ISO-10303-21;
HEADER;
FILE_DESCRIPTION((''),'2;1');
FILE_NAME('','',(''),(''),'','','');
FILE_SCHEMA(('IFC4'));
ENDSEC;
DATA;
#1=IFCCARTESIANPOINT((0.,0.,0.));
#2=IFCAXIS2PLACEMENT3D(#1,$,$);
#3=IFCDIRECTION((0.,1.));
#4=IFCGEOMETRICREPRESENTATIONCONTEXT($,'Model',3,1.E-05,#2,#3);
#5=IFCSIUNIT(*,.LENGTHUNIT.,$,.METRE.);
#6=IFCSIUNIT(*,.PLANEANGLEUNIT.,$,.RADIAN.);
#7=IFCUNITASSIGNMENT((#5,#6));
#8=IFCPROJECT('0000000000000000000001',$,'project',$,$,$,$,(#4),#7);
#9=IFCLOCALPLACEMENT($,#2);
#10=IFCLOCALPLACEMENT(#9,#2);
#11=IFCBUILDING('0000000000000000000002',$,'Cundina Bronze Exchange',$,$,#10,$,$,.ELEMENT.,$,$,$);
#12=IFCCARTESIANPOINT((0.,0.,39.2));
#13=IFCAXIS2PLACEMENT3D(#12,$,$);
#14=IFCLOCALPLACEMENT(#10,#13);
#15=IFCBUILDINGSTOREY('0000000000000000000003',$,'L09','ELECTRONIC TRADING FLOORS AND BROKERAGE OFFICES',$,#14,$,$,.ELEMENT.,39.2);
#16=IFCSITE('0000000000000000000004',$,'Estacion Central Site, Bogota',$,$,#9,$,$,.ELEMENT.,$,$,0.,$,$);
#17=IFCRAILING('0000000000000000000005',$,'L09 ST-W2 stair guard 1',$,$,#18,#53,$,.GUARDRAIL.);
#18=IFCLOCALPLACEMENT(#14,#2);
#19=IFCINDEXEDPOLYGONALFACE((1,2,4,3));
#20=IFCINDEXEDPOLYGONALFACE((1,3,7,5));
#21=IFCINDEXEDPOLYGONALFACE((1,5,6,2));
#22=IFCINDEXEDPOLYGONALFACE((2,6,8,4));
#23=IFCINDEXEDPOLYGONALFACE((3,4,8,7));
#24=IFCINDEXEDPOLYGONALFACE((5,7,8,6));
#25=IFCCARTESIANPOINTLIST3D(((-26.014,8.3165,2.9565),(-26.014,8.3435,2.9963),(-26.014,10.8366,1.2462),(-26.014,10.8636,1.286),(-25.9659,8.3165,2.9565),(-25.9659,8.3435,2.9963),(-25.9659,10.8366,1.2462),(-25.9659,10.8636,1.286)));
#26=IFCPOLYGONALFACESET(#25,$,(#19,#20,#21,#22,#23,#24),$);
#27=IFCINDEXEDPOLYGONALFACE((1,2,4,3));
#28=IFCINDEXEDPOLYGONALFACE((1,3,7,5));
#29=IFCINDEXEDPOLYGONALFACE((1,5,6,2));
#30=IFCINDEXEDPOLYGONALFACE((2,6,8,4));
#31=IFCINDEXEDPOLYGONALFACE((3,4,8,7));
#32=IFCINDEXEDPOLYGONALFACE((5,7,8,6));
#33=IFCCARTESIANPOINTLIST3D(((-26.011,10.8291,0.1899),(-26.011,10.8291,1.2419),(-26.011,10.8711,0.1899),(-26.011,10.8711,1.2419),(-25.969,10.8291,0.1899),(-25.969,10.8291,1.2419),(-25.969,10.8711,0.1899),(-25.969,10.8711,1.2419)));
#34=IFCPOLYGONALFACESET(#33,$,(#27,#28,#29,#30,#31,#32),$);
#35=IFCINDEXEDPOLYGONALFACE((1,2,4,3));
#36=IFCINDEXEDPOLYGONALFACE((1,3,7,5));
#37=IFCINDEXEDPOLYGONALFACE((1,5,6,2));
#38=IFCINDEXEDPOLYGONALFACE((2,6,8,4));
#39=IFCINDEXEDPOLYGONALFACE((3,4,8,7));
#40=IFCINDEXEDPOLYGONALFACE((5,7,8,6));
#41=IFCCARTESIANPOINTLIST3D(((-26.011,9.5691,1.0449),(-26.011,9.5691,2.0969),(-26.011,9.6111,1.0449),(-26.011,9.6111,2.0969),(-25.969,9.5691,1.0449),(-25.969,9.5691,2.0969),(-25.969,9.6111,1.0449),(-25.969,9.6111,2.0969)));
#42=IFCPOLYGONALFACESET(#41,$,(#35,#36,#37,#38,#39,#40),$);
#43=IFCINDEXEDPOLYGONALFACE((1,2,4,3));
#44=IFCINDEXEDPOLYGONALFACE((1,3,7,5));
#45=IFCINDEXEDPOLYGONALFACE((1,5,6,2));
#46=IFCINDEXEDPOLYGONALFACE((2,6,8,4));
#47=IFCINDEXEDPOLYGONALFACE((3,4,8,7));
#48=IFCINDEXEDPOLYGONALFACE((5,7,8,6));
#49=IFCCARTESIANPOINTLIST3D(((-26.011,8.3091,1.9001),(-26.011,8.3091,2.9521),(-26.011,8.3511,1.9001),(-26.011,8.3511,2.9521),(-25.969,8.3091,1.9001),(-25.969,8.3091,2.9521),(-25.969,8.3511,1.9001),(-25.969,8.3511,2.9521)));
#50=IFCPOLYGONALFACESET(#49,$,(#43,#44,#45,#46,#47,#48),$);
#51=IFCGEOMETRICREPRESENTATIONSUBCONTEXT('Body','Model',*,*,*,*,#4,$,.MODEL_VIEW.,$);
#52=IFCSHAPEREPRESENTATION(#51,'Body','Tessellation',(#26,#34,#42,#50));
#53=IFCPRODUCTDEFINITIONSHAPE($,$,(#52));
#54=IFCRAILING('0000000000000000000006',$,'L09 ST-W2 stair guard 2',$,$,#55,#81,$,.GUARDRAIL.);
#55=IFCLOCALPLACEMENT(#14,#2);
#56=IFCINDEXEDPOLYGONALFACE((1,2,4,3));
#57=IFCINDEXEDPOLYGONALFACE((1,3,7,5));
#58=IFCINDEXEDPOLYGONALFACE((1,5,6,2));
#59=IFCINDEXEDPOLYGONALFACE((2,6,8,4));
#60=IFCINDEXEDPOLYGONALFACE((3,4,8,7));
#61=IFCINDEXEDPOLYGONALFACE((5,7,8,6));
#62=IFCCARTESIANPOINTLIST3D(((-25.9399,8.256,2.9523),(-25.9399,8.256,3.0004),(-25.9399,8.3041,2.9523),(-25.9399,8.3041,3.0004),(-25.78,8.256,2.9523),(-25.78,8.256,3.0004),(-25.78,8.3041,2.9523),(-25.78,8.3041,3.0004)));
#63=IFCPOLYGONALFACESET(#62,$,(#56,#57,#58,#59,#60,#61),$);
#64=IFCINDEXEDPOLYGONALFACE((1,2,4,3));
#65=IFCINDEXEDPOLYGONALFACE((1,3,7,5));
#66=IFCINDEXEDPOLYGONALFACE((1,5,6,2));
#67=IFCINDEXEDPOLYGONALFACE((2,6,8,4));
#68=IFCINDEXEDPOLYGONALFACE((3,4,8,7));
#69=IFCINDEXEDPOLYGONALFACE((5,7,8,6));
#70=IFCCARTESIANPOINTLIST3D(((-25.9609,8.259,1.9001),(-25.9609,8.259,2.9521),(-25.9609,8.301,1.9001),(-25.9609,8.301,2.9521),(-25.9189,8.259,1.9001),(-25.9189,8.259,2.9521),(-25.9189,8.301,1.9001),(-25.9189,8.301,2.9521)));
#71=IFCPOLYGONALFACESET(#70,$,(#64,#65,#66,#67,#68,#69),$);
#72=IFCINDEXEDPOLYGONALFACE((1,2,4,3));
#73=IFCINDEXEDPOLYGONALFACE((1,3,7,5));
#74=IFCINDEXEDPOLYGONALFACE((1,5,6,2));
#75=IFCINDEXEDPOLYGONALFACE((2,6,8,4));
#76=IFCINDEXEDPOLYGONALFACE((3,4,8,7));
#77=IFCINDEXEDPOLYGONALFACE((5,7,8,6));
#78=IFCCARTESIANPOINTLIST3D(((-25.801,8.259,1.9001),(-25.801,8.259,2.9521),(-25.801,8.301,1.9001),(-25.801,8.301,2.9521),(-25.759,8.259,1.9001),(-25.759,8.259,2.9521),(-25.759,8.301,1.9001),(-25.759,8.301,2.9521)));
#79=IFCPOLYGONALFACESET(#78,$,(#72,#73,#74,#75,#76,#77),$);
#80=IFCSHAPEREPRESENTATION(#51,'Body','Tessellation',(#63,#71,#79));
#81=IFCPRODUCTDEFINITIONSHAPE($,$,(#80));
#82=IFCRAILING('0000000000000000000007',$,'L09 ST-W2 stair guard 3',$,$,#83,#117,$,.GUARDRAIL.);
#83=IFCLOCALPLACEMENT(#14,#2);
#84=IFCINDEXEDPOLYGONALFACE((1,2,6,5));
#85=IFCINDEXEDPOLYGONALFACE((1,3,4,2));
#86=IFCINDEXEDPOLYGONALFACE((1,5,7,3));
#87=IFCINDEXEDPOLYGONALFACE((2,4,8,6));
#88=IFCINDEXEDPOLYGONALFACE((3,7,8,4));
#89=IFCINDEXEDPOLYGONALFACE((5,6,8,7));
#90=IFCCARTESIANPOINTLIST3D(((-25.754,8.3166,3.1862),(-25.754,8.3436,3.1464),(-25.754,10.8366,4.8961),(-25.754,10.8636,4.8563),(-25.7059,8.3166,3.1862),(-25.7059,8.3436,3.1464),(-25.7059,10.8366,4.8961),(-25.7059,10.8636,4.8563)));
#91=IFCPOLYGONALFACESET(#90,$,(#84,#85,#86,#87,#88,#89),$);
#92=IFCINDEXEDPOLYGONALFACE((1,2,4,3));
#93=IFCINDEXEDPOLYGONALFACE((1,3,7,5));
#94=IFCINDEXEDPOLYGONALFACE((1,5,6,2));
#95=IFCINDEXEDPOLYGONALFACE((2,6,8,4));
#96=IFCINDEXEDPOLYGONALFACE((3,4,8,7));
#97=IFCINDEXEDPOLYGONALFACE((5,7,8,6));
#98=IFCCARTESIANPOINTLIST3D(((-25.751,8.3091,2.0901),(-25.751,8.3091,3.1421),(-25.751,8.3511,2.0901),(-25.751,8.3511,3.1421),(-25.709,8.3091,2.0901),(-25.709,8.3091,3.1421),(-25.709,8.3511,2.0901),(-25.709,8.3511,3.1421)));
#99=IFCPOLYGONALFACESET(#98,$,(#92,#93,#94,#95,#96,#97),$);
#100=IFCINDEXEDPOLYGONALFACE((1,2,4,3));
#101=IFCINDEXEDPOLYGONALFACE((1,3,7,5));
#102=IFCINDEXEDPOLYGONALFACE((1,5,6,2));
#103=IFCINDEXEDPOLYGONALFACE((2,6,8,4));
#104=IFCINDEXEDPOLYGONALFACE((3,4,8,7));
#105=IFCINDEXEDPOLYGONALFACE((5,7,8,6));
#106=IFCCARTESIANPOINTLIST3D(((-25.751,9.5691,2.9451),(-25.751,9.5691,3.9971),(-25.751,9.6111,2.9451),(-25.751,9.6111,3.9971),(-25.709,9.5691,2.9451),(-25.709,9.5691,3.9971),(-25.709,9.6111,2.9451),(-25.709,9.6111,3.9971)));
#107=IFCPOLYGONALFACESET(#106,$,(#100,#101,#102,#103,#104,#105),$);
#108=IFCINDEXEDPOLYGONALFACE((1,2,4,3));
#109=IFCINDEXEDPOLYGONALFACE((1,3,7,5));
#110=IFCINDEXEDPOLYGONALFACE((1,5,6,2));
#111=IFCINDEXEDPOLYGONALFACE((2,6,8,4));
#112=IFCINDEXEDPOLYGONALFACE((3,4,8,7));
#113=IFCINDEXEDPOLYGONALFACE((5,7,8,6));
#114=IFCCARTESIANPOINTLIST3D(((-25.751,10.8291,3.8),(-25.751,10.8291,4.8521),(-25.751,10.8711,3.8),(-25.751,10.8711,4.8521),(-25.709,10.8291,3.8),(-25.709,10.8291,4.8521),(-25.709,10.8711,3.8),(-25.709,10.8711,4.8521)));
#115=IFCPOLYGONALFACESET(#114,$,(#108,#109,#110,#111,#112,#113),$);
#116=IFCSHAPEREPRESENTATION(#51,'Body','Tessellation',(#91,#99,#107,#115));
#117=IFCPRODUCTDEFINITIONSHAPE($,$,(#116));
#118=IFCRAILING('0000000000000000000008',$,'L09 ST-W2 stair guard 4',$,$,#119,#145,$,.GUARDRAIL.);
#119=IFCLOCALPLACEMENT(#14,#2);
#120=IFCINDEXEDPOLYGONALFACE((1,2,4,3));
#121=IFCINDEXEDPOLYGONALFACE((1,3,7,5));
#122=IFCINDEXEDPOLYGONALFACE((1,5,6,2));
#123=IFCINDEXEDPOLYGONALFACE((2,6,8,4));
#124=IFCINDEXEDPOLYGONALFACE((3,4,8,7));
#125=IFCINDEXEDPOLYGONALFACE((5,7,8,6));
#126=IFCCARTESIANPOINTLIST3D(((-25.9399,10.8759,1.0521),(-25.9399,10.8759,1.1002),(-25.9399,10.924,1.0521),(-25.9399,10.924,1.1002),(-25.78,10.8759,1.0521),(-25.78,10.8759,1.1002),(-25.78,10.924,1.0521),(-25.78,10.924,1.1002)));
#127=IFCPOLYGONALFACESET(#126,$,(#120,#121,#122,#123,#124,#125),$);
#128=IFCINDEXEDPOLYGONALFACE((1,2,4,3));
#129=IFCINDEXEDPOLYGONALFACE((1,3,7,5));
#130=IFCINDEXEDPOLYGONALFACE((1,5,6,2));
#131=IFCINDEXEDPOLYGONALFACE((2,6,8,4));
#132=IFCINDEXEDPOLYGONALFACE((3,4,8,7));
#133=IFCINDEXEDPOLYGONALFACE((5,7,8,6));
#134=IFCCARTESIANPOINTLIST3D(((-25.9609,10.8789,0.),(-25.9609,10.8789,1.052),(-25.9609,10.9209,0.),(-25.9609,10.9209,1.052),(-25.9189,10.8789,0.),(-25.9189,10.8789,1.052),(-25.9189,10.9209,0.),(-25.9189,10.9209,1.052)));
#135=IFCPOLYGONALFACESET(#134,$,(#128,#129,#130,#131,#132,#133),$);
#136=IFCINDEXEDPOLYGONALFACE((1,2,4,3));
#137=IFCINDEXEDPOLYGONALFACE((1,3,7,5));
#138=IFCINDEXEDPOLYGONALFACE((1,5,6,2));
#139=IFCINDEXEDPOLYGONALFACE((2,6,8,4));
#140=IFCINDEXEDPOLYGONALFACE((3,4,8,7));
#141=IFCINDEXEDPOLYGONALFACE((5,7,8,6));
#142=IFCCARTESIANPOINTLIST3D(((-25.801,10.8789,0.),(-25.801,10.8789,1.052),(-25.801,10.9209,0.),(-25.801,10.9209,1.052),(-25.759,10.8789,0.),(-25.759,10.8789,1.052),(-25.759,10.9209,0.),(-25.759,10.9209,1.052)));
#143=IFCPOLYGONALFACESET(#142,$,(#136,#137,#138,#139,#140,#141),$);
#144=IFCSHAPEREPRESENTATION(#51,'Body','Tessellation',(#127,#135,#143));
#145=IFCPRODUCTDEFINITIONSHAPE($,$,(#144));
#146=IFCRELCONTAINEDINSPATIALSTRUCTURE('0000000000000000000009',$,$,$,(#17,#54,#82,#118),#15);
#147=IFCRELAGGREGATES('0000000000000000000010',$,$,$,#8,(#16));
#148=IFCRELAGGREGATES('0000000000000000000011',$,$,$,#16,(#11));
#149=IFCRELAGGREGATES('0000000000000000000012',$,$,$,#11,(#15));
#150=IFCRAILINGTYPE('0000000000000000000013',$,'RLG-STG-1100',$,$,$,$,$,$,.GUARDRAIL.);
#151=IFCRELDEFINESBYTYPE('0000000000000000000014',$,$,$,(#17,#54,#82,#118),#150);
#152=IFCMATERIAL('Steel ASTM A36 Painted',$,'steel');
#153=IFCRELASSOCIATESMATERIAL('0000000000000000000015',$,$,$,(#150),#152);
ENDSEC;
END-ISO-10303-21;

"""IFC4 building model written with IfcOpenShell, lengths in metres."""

from ifc_helpers import new_model, si_unit, direction, frame, origin, origin_2d, place, context, subcontext, project, spatial, rectangle, extrude, material, type_object, element, save


model = new_model("IFC4")

# Units and contexts
model_context = context("Model", 3, precision=1e-05, world=origin(), true_north=direction((0.0, 1.0)))
body_context = subcontext(model_context, "Body", "Model", "MODEL_VIEW")
ifc_project = project(units=[si_unit("LENGTHUNIT", "METRE"), si_unit("PLANEANGLEUNIT", "RADIAN")], contexts=[model_context])

# Site, building, storey
site_placement = place(None, origin())
site = spatial("IfcSite", under=ifc_project, at=site_placement, Name="Estacion Central Site, Bogota", CompositionType="ELEMENT", RefElevation=0.0)
building_placement = place(site_placement, origin())
building = spatial("IfcBuilding", under=site, at=building_placement, Name="Cundina Bronze Exchange", CompositionType="ELEMENT")
storey_placement = place(building_placement, frame((0.0, 0.0, 39.2)))
storey = spatial("IfcBuildingStorey", under=building, at=storey_placement, Name="L09", Description="ELECTRONIC TRADING FLOORS AND BROKERAGE OFFICES", CompositionType="ELEMENT", Elevation=39.2)

# Shared definitions
ifc_material_1 = material(Name="Steel ASTM A36 Painted", Category="steel")

# Railings
railing_type_1 = type_object("IfcRailingType", Name="RLG-STG-1100", PredefinedType="GUARDRAIL", material=ifc_material_1)
railing_1_placement = place(storey_placement, frame((-25.99, 10.8501, 0.1899)))
element("IfcRailing", 1, at=railing_1_placement, inside=storey, type_object=railing_type_1, Name="L09 ST-W2 stair guard 1", PredefinedType="GUARDRAIL", context=body_context, shape_type="SweptSolid", body=[
    extrude(rectangle(XDim=0.0481, YDim=0.0481, at=origin_2d()), frame((0.0, 0.0, 1.0762), z_axis=(0.0, -0.827447, 0.561545), x_axis=(1.0, 0.0, 0.0)), (0.0, 0.0, 1.0), 3.0457),
    extrude(rectangle(XDim=0.042, YDim=0.042, at=origin_2d()), origin(), (0.0, 0.0, 1.0), 1.052),
    extrude(rectangle(XDim=0.042, YDim=0.042, at=origin_2d()), frame((0.0, -1.26, 0.855)), (0.0, 0.0, 1.0), 1.052),
    extrude(rectangle(XDim=0.042, YDim=0.042, at=origin_2d()), frame((0.0, -2.52, 1.7102)), (0.0, 0.0, 1.0), 1.052),
])
railing_2_placement = place(storey_placement, frame((-25.9399, 8.28, 1.9001)))
element("IfcRailing", 2, at=railing_2_placement, inside=storey, type_object=railing_type_1, Name="L09 ST-W2 stair guard 2", PredefinedType="GUARDRAIL", context=body_context, shape_type="SweptSolid", body=[
    extrude(rectangle(XDim=0.0481, YDim=0.0481, at=origin_2d()), frame((0.0, 0.0, 1.0762), z_axis=(1.0, 0.0, 0.0), x_axis=(0.0, 1.0, 0.0)), (0.0, 0.0, 1.0), 0.1599),
    extrude(rectangle(XDim=0.042, YDim=0.042, at=origin_2d()), origin(), (0.0, 0.0, 1.0), 1.052),
    extrude(rectangle(XDim=0.042, YDim=0.042, at=origin_2d()), frame((0.1599, 0.0, 0.0)), (0.0, 0.0, 1.0), 1.052),
])
railing_3_placement = place(storey_placement, frame((-25.73, 8.3301, 2.0901)))
element("IfcRailing", 3, at=railing_3_placement, inside=storey, type_object=railing_type_1, Name="L09 ST-W2 stair guard 3", PredefinedType="GUARDRAIL", context=body_context, shape_type="SweptSolid", body=[
    extrude(rectangle(XDim=0.0481, YDim=0.0481, at=origin_2d()), frame((0.0, 0.0, 1.0762), z_axis=(0.0, 0.827484, 0.56149), x_axis=(-1.0, 0.0, 0.0)), (0.0, 0.0, 1.0), 3.0454),
    extrude(rectangle(XDim=0.042, YDim=0.042, at=origin_2d()), origin(), (0.0, 0.0, 1.0), 1.052),
    extrude(rectangle(XDim=0.042, YDim=0.042, at=origin_2d()), frame((0.0, 1.26, 0.855)), (0.0, 0.0, 1.0), 1.052),
    extrude(rectangle(XDim=0.042, YDim=0.042, at=origin_2d()), frame((0.0, 2.52, 1.71)), (0.0, 0.0, 1.0), 1.052),
])
railing_4_placement = place(storey_placement, frame((-25.9399, 10.8999, 0.0)))
element("IfcRailing", 4, at=railing_4_placement, inside=storey, type_object=railing_type_1, Name="L09 ST-W2 stair guard 4", PredefinedType="GUARDRAIL", context=body_context, shape_type="SweptSolid", body=[
    extrude(rectangle(XDim=0.0481, YDim=0.0481, at=origin_2d()), frame((0.0, 0.0, 1.0762), z_axis=(1.0, 0.0, 0.0), x_axis=(0.0, 1.0, 0.0)), (0.0, 0.0, 1.0), 0.1599),
    extrude(rectangle(XDim=0.042, YDim=0.042, at=origin_2d()), origin(), (0.0, 0.0, 1.0), 1.052),
    extrude(rectangle(XDim=0.042, YDim=0.042, at=origin_2d()), frame((0.1599, 0.0, 0.0)), (0.0, 0.0, 1.0), 1.052),
])

save(model, "model.ifc")
